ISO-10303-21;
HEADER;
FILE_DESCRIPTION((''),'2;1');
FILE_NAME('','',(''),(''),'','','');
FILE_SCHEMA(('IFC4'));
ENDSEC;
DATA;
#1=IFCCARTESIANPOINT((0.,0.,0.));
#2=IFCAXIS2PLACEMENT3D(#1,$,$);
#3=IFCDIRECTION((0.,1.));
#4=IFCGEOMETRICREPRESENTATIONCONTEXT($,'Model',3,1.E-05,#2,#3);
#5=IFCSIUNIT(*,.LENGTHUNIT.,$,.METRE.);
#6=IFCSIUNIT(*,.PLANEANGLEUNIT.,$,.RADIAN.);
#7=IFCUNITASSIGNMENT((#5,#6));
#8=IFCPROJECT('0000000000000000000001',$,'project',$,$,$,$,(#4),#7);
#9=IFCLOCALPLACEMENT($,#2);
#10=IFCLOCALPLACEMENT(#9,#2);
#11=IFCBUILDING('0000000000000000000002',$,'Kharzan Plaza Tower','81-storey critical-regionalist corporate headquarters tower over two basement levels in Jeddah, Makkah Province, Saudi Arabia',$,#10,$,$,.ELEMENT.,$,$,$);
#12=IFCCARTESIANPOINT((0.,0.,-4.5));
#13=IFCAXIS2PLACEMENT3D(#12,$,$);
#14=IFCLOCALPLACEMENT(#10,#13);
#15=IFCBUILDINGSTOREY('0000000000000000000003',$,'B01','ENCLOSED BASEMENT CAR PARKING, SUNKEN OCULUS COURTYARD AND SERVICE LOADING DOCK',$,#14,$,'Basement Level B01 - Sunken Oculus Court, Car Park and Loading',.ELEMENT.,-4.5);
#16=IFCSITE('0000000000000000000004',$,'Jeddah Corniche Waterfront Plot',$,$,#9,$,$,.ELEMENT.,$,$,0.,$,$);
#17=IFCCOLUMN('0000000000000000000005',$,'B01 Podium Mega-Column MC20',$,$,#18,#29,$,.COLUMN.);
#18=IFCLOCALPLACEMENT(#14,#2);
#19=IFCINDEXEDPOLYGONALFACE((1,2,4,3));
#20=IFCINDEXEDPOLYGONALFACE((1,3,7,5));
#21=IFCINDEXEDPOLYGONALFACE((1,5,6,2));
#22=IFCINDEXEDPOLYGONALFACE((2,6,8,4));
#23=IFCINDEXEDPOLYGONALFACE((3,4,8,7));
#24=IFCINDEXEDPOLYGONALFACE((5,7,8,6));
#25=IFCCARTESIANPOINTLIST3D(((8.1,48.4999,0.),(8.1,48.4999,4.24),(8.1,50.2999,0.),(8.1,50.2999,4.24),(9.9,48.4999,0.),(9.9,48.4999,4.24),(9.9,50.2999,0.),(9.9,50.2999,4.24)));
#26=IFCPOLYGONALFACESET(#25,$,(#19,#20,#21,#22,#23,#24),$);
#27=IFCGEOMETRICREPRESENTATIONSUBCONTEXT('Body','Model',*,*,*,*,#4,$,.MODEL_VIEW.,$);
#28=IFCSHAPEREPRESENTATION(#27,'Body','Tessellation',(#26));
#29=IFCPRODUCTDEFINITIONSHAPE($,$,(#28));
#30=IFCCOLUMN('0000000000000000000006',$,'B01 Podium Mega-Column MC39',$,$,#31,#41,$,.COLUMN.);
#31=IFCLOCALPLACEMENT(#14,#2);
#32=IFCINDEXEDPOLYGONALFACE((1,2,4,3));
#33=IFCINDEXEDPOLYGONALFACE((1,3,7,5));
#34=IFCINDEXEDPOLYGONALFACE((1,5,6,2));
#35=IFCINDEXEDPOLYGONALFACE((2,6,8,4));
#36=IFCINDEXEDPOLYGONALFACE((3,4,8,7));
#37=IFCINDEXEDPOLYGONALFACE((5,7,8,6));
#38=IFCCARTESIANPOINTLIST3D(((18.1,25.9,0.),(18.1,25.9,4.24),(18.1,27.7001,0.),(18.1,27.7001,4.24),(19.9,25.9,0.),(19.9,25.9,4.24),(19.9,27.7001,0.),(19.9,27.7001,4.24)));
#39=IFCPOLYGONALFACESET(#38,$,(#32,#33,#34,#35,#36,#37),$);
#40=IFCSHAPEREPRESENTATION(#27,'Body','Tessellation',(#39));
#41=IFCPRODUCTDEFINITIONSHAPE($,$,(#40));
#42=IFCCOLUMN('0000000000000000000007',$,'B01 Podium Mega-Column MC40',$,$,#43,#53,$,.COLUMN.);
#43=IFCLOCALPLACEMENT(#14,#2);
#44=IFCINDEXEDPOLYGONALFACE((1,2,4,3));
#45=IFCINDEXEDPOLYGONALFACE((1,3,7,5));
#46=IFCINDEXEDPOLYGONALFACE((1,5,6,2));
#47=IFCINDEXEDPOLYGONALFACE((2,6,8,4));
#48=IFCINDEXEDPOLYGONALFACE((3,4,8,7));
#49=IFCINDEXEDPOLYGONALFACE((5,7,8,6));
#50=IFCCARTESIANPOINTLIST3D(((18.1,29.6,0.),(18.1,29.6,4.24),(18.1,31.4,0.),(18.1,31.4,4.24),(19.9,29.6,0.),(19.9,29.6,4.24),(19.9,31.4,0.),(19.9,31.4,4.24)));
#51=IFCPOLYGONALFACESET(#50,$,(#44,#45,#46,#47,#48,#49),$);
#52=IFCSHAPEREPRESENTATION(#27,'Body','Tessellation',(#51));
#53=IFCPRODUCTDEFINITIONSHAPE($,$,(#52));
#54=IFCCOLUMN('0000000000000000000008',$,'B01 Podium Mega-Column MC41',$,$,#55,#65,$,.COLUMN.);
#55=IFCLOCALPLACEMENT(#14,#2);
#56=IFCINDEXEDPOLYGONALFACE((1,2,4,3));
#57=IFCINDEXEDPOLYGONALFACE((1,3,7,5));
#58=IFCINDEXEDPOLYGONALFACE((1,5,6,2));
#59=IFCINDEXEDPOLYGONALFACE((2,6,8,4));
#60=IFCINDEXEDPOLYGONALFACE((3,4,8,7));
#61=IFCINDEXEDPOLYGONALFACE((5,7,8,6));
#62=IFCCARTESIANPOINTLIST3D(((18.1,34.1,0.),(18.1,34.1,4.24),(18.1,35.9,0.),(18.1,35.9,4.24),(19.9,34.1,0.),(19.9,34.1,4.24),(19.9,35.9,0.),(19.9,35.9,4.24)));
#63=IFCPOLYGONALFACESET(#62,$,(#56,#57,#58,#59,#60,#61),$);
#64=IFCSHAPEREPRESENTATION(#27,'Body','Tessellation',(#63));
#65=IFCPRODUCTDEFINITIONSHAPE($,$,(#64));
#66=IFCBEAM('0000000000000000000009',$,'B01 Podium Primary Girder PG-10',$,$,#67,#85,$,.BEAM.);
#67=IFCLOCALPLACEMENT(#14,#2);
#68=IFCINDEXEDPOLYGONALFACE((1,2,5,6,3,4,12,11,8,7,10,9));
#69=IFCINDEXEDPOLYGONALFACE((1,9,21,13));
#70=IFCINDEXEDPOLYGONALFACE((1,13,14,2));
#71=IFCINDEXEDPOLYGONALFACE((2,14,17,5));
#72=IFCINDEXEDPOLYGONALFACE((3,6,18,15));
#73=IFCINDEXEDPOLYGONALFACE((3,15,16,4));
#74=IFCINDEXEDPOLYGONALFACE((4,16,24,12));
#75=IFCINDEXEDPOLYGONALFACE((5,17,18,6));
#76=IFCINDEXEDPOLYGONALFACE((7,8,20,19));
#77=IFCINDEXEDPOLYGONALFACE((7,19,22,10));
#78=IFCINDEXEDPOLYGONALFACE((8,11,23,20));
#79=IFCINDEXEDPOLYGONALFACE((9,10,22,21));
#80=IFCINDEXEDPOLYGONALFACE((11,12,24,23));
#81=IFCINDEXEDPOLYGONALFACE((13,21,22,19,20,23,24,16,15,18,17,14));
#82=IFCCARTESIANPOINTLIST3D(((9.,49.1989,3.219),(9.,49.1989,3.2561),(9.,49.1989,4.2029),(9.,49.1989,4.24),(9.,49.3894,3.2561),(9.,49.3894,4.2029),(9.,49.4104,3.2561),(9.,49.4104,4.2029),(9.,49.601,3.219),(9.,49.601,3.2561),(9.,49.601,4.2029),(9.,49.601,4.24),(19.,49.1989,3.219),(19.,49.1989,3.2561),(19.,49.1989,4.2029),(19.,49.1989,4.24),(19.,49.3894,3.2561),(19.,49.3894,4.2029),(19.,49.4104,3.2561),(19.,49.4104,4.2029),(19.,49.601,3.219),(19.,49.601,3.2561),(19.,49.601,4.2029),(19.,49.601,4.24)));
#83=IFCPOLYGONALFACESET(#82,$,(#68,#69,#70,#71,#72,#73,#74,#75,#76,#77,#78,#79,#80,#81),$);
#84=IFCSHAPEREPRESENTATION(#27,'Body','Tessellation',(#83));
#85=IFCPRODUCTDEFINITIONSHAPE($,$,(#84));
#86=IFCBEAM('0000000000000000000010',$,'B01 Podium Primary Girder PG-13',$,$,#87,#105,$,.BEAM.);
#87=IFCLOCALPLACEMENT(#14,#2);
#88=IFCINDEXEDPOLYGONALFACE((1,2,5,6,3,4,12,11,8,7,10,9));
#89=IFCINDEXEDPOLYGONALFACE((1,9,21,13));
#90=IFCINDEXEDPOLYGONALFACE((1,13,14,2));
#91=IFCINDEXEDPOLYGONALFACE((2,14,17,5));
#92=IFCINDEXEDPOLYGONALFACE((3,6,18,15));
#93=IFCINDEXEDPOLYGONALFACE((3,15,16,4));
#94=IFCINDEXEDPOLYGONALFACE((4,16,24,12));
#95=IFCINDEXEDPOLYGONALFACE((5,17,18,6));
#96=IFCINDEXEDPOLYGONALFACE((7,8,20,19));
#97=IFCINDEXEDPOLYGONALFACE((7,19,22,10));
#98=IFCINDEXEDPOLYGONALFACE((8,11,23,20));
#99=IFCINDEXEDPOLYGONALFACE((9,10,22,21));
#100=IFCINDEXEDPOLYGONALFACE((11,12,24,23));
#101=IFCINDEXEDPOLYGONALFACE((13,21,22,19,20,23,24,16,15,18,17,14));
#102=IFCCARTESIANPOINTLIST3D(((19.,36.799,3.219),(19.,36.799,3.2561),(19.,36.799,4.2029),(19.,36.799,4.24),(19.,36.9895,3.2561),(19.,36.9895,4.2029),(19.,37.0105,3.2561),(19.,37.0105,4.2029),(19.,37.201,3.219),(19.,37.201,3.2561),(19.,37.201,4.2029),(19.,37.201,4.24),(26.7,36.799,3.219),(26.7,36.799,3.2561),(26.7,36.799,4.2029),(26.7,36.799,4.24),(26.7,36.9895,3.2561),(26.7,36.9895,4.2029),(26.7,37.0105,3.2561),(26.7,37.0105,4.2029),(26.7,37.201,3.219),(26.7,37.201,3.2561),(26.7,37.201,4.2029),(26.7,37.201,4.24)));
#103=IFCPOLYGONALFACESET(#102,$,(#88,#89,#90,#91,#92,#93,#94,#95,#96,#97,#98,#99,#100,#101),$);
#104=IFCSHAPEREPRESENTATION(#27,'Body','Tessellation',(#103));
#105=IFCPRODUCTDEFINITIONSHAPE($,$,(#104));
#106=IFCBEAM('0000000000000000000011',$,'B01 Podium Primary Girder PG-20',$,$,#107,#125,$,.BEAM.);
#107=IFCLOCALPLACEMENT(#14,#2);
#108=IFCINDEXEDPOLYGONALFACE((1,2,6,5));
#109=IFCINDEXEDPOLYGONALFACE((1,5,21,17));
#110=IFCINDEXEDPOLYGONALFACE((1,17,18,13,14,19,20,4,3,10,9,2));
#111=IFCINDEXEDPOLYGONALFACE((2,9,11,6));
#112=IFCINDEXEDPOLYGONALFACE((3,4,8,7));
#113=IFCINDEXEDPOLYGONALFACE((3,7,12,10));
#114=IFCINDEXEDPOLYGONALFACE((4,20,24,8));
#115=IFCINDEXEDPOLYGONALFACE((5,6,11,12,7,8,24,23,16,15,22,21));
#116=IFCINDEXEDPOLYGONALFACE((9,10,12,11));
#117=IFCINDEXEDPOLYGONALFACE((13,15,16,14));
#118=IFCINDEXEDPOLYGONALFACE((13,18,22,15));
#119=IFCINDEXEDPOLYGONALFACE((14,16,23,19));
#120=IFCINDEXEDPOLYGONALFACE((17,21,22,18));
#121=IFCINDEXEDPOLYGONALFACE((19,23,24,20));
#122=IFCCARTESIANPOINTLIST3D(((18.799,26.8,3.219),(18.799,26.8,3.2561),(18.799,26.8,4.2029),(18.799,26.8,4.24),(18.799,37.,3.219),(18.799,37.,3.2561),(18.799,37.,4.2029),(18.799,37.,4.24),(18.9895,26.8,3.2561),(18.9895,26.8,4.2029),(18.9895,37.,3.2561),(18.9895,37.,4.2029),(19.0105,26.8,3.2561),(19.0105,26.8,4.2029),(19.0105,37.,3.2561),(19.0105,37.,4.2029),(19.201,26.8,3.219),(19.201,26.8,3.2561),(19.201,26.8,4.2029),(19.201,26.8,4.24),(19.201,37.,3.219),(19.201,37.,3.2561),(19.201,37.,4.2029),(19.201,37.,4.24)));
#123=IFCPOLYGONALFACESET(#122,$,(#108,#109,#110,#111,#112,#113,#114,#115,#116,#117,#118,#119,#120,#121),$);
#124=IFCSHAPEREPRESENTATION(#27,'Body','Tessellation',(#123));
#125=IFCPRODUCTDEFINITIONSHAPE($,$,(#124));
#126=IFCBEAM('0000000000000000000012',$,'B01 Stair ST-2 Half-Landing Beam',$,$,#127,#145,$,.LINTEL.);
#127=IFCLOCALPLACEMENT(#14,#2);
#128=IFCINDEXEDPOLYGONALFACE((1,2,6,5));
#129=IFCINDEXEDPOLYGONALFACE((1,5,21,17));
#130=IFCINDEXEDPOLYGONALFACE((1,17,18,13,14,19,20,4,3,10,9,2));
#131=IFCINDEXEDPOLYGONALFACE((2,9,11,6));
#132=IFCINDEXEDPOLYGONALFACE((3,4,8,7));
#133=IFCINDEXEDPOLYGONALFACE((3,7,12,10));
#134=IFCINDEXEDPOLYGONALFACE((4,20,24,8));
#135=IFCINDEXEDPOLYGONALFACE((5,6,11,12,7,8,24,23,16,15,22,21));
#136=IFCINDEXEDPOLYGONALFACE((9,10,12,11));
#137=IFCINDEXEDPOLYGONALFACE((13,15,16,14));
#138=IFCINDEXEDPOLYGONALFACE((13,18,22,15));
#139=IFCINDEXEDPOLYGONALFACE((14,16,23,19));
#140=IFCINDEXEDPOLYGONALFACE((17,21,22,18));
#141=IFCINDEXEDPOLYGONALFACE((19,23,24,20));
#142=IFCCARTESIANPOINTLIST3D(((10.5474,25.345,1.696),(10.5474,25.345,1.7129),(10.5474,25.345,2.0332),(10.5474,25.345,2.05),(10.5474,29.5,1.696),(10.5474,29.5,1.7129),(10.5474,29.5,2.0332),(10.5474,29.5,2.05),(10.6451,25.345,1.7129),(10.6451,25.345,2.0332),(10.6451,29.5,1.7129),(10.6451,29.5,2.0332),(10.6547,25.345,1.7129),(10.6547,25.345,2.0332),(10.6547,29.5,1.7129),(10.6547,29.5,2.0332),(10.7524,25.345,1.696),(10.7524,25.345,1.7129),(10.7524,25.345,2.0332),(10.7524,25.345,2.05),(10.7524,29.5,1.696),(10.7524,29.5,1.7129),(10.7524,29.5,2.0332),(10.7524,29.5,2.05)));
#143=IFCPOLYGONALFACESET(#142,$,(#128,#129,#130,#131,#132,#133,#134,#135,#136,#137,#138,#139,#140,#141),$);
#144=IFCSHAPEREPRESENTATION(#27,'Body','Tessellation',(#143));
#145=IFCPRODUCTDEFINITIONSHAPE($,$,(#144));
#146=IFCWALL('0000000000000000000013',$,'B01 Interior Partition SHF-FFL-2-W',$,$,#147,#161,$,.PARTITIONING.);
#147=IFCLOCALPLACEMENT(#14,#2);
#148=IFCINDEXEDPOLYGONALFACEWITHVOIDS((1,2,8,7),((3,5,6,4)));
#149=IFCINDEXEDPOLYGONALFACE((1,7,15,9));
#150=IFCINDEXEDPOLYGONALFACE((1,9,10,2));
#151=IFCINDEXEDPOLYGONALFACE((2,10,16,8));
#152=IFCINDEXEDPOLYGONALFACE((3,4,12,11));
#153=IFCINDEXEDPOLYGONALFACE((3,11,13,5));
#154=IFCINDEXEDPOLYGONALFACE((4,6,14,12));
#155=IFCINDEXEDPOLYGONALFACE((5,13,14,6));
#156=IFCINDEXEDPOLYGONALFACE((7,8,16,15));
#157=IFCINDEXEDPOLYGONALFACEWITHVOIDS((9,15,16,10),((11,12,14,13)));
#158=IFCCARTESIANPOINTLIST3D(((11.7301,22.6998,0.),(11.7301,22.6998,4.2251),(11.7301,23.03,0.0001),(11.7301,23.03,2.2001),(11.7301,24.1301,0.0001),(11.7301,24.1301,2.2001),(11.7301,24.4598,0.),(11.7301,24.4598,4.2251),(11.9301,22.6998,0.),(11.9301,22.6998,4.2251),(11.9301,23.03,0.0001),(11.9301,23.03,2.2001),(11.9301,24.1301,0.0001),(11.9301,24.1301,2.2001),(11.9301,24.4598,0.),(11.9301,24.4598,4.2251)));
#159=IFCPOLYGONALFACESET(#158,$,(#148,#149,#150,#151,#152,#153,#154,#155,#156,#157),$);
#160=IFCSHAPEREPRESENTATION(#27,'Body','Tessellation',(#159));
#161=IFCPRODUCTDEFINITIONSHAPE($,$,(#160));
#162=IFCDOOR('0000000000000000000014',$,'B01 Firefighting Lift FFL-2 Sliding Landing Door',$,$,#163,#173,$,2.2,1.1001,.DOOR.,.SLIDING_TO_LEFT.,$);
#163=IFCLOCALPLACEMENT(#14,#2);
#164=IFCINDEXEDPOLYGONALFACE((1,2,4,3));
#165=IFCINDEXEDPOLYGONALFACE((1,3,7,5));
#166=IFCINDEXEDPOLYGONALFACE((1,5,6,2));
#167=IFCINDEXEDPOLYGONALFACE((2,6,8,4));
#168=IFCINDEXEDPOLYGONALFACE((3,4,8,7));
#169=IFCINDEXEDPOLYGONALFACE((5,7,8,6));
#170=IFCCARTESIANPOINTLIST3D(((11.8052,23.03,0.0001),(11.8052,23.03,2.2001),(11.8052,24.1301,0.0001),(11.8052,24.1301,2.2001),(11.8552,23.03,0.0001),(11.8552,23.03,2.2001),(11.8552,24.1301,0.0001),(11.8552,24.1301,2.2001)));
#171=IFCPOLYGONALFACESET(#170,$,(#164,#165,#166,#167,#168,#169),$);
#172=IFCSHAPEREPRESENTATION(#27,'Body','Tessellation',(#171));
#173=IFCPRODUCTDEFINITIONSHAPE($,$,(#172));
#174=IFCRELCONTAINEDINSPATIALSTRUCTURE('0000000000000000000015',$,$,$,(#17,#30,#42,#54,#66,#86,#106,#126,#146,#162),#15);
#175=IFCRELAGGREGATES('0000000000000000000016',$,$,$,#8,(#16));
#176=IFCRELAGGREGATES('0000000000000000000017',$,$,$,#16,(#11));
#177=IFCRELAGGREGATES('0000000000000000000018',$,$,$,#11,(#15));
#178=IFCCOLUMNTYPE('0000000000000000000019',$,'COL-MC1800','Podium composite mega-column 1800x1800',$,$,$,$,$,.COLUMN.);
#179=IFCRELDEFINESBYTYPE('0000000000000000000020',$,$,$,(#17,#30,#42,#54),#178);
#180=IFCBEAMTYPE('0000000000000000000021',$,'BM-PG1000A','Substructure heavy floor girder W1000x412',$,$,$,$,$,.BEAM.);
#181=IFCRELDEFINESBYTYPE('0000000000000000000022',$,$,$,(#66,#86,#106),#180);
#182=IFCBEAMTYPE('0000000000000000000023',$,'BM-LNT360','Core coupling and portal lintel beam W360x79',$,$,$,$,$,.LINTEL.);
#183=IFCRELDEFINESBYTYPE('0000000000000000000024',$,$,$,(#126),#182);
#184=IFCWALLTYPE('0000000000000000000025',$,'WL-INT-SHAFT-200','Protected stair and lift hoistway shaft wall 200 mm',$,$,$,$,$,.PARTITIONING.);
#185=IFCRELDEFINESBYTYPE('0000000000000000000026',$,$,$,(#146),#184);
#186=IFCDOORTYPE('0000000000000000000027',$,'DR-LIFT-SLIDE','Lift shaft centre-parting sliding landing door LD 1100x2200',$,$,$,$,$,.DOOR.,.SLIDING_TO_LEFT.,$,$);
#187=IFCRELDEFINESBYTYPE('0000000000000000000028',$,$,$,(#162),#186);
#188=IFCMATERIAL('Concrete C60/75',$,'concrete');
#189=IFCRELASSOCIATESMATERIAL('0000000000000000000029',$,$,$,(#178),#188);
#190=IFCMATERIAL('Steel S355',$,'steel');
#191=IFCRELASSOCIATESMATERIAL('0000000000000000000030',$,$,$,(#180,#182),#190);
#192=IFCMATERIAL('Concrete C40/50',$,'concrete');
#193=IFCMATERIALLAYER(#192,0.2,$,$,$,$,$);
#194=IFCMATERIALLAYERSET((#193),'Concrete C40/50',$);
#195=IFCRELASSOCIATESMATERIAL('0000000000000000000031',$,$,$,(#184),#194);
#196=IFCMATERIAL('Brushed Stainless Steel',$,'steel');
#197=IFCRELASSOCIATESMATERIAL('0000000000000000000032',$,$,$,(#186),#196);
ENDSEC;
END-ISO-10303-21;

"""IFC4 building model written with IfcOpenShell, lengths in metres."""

from ifc_helpers import new_model, si_unit, direction, frame, frame_2d, origin, origin_2d, place, context, subcontext, project, spatial, rectangle, i_section, extrude, source, transform, mapped, material, layer, layer_set, material_profile, profile_set, type_object, element, fill, save


model = new_model("IFC4")

# Units and contexts
model_context = context("Model", 3, precision=1e-05, world=origin(), true_north=direction((0.0, 1.0)))
body_context = subcontext(model_context, "Body", "Model", "MODEL_VIEW")
ifc_project = project(units=[si_unit("LENGTHUNIT", "METRE"), si_unit("PLANEANGLEUNIT", "RADIAN")], contexts=[model_context])

# Site, building, storey
site_placement = place(None, origin())
site = spatial("IfcSite", under=ifc_project, at=site_placement, Name="Jeddah Corniche Waterfront Plot", CompositionType="ELEMENT", RefElevation=0.0)
building_placement = place(site_placement, origin())
building = spatial("IfcBuilding", under=site, at=building_placement, Name="Kharzan Plaza Tower", Description="81-storey critical-regionalist corporate headquarters tower over two basement levels in Jeddah, Makkah Province, Saudi Arabia", CompositionType="ELEMENT")
storey_placement = place(building_placement, frame((0.0, 0.0, -4.5)))
storey = spatial("IfcBuildingStorey", under=building, at=storey_placement, Name="B01", Description="ENCLOSED BASEMENT CAR PARKING, SUNKEN OCULUS COURTYARD AND SERVICE LOADING DOCK", LongName="Basement Level B01 - Sunken Oculus Court, Car Park and Loading", CompositionType="ELEMENT", Elevation=-4.5)

# Columns
ifc_material_1 = material(Name="Concrete C60/75", Category="concrete")
ifc_material_profile_1 = material_profile(ifc_material_1, rectangle(XDim=1.8, YDim=1.8, at=origin_2d()), Name="RC-MC1800x1800")
ifc_profile_set_1 = profile_set([ifc_material_profile_1], Name="Concrete C60/75")
column_type = type_object("IfcColumnType", Name="COL-MC1800", Description="Podium composite mega-column 1800x1800", PredefinedType="COLUMN", material=ifc_profile_set_1)
shared_shape_1 = source(origin(), body_context, "Body", "SweptSolid", [
    extrude(rectangle(XDim=1.8, YDim=1.8, at=origin_2d()), origin(), (0.0, 0.0, 1.0), 4.24),
])
for number, where, z_axis, x_axis, name in (
    (1, (9.0, 49.3999, 0.0), (0.0, 0.0, 1.0), (1.0, 0.0, 0.0), "B01 Podium Mega-Column MC20"),
    (2, (19.0, 26.8, 0.0), (0.0, 0.0, 1.0), (1.0, 0.0, 0.0), "B01 Podium Mega-Column MC39"),
    (3, (19.0, 30.5, 0.0), (0.0, 0.0, 1.0), (1.0, 0.0, 0.0), "B01 Podium Mega-Column MC40"),
    (4, (19.0, 35.0, 0.0), (0.0, 0.0, 1.0), (1.0, 0.0, 0.0), "B01 Podium Mega-Column MC41"),
):
    element("IfcColumn", number, at=place(storey_placement, frame(where, z_axis=z_axis, x_axis=x_axis)), inside=storey, type_object=column_type, Name=name, PredefinedType="COLUMN", context=body_context, shape_type="MappedRepresentation", body=[
        mapped(shared_shape_1, transform((0.0, 0.0, 0.0), x_axis=(1.0, 0.0, 0.0), y_axis=(0.0, 1.0, 0.0), z_axis=(0.0, 0.0, 1.0))),
    ])

# Beams
ifc_material_2 = material(Name="Steel S355", Category="steel")
ifc_material_profile_2 = material_profile(ifc_material_2, i_section(OverallWidth=0.4021, OverallDepth=1.021, WebThickness=0.021, FlangeThickness=0.0371, at=origin_2d()), Name="W1000x412")
ifc_profile_set_2 = profile_set([ifc_material_profile_2], Name="Steel S355")
beam_type_1 = type_object("IfcBeamType", Name="BM-PG1000A", Description="Substructure heavy floor girder W1000x412", PredefinedType="BEAM", material=ifc_profile_set_2)
shared_shape_2 = source(origin(), body_context, "Body", "SweptSolid", [
    extrude(i_section(OverallWidth=0.4021, OverallDepth=1.021, WebThickness=0.021, FlangeThickness=0.0371, at=origin_2d()), origin(), (0.0, 0.0, 1.0), 10.0),
])
beam_1_placement = place(storey_placement, frame((9.0, 49.3999, 3.7295), z_axis=(1.0, 0.0, 0.0), x_axis=(0.0, 1.0, 0.0)))
element("IfcBeam", 5, at=beam_1_placement, inside=storey, type_object=beam_type_1, Name="B01 Podium Primary Girder PG-10", PredefinedType="BEAM", context=body_context, shape_type="MappedRepresentation", body=[
    mapped(shared_shape_2, transform((0.0, 0.0, 0.0), x_axis=(1.0, 0.0, 0.0), y_axis=(0.0, 1.0, 0.0), z_axis=(0.0, 0.0, 1.0))),
])
shared_shape_3 = source(origin(), body_context, "Body", "SweptSolid", [
    extrude(i_section(OverallWidth=0.4021, OverallDepth=1.021, WebThickness=0.021, FlangeThickness=0.0371, at=origin_2d()), origin(), (0.0, 0.0, 1.0), 7.7),
])
beam_2_placement = place(storey_placement, frame((19.0, 37.0, 3.7295), z_axis=(1.0, 0.0, 0.0), x_axis=(0.0, 1.0, 0.0)))
element("IfcBeam", 6, at=beam_2_placement, inside=storey, type_object=beam_type_1, Name="B01 Podium Primary Girder PG-13", PredefinedType="BEAM", context=body_context, shape_type="MappedRepresentation", body=[
    mapped(shared_shape_3, transform((0.0, 0.0, 0.0), x_axis=(1.0, 0.0, 0.0), y_axis=(0.0, 1.0, 0.0), z_axis=(0.0, 0.0, 1.0))),
])
shared_shape_4 = source(origin(), body_context, "Body", "SweptSolid", [
    extrude(i_section(OverallWidth=0.4021, OverallDepth=1.021, WebThickness=0.021, FlangeThickness=0.0371, at=origin_2d()), origin(), (0.0, 0.0, 1.0), 10.2),
])
beam_3_placement = place(storey_placement, frame((19.0, 26.8, 3.7295), z_axis=(0.0, 1.0, 0.0), x_axis=(-1.0, 0.0, 0.0)))
element("IfcBeam", 7, at=beam_3_placement, inside=storey, type_object=beam_type_1, Name="B01 Podium Primary Girder PG-20", PredefinedType="BEAM", context=body_context, shape_type="MappedRepresentation", body=[
    mapped(shared_shape_4, transform((0.0, 0.0, 0.0), x_axis=(1.0, 0.0, 0.0), y_axis=(0.0, 1.0, 0.0), z_axis=(0.0, 0.0, 1.0))),
])
ifc_material_profile_3 = material_profile(ifc_material_2, i_section(OverallWidth=0.2051, OverallDepth=0.354, WebThickness=0.0095, FlangeThickness=0.0168, at=origin_2d()), Name="W360x79")
ifc_profile_set_3 = profile_set([ifc_material_profile_3], Name="Steel S355")
beam_type_2 = type_object("IfcBeamType", Name="BM-LNT360", Description="Core coupling and portal lintel beam W360x79", PredefinedType="LINTEL", material=ifc_profile_set_3)
shared_shape_5 = source(origin(), body_context, "Body", "SweptSolid", [
    extrude(i_section(OverallWidth=0.2051, OverallDepth=0.354, WebThickness=0.0095, FlangeThickness=0.0168, at=origin_2d()), origin(), (0.0, 0.0, 1.0), 4.155),
])
beam_4_placement = place(storey_placement, frame((10.6499, 25.345, 1.873), z_axis=(0.0, 1.0, 0.0), x_axis=(-1.0, 0.0, 0.0)))
element("IfcBeam", 8, at=beam_4_placement, inside=storey, type_object=beam_type_2, Name="B01 Stair ST-2 Half-Landing Beam", PredefinedType="LINTEL", context=body_context, shape_type="MappedRepresentation", body=[
    mapped(shared_shape_5, transform((0.0, 0.0, 0.0), x_axis=(1.0, 0.0, 0.0), y_axis=(0.0, 1.0, 0.0), z_axis=(0.0, 0.0, 1.0))),
])

# Wall, opening, door
ifc_material_3 = material(Name="Concrete C40/50", Category="concrete")
ifc_layer_1 = layer(ifc_material_3, 0.2)
ifc_layer_set_1 = layer_set([ifc_layer_1], Name="Concrete C40/50")
wall_type_1 = type_object("IfcWallType", Name="WL-INT-SHAFT-200", Description="Protected stair and lift hoistway shaft wall 200 mm", PredefinedType="PARTITIONING", material=ifc_layer_set_1)
wall_1_placement = place(storey_placement, frame((11.8301, 22.7, 0.0), z_axis=(0.0, 0.0, 1.0), x_axis=(0.0, 1.0, 0.0)))
wall_1 = element("IfcWall", 9, at=wall_1_placement, inside=storey, type_object=wall_type_1, Name="B01 Interior Partition SHF-FFL-2-W", PredefinedType="PARTITIONING", context=body_context, shape_type="SweptSolid", body=[
    extrude(rectangle(XDim=1.76, YDim=0.2, at=frame_2d((0.8799, 0.0))), origin(), (0.0, 0.0, 1.0), 4.2251),
])
opening_1_placement = place(wall_1_placement, frame((0.3301, 0.0, 0.0)))
opening_1 = element("IfcOpeningElement", 10, at=opening_1_placement, cuts=wall_1, PredefinedType="OPENING", context=body_context, shape_type="SweptSolid", body=[
    extrude(rectangle(XDim=1.1001, YDim=2.2, at=frame_2d((0.55, 1.1001))), frame((0.0, 0.1099, 0.0), z_axis=(0.0, -1.0, 0.0), x_axis=(1.0, 0.0, 0.0)), (0.0, 0.0, 1.0), 0.22),
])
ifc_material_4 = material(Name="Brushed Stainless Steel", Category="steel")
door_type_1 = type_object("IfcDoorType", Name="DR-LIFT-SLIDE", Description="Lift shaft centre-parting sliding landing door LD 1100x2200", OperationType="SLIDING_TO_LEFT", PredefinedType="DOOR", material=ifc_material_4)
shared_shape_6 = source(origin(), body_context, "Body", "SweptSolid", [
    extrude(rectangle(XDim=1.1001, YDim=2.2, at=frame_2d((0.55, 1.1001))), frame((0.0, 0.0249, 0.0), z_axis=(0.0, -1.0, 0.0), x_axis=(1.0, 0.0, 0.0)), (0.0, 0.0, 1.0), 0.05),
])
door_1_placement = place(opening_1_placement, origin())
door_1 = element("IfcDoor", 11, at=door_1_placement, inside=storey, type_object=door_type_1, Name="B01 Firefighting Lift FFL-2 Sliding Landing Door", OperationType="SLIDING_TO_LEFT", OverallHeight=2.2, OverallWidth=1.1001, PredefinedType="DOOR", context=body_context, shape_type="MappedRepresentation", body=[
    mapped(shared_shape_6, transform((0.0, 0.0, 0.0), x_axis=(1.0, 0.0, 0.0), y_axis=(0.0, 1.0, 0.0), z_axis=(0.0, 0.0, 1.0))),
])
fill(opening_1, door_1)

save(model, "model.ifc")
